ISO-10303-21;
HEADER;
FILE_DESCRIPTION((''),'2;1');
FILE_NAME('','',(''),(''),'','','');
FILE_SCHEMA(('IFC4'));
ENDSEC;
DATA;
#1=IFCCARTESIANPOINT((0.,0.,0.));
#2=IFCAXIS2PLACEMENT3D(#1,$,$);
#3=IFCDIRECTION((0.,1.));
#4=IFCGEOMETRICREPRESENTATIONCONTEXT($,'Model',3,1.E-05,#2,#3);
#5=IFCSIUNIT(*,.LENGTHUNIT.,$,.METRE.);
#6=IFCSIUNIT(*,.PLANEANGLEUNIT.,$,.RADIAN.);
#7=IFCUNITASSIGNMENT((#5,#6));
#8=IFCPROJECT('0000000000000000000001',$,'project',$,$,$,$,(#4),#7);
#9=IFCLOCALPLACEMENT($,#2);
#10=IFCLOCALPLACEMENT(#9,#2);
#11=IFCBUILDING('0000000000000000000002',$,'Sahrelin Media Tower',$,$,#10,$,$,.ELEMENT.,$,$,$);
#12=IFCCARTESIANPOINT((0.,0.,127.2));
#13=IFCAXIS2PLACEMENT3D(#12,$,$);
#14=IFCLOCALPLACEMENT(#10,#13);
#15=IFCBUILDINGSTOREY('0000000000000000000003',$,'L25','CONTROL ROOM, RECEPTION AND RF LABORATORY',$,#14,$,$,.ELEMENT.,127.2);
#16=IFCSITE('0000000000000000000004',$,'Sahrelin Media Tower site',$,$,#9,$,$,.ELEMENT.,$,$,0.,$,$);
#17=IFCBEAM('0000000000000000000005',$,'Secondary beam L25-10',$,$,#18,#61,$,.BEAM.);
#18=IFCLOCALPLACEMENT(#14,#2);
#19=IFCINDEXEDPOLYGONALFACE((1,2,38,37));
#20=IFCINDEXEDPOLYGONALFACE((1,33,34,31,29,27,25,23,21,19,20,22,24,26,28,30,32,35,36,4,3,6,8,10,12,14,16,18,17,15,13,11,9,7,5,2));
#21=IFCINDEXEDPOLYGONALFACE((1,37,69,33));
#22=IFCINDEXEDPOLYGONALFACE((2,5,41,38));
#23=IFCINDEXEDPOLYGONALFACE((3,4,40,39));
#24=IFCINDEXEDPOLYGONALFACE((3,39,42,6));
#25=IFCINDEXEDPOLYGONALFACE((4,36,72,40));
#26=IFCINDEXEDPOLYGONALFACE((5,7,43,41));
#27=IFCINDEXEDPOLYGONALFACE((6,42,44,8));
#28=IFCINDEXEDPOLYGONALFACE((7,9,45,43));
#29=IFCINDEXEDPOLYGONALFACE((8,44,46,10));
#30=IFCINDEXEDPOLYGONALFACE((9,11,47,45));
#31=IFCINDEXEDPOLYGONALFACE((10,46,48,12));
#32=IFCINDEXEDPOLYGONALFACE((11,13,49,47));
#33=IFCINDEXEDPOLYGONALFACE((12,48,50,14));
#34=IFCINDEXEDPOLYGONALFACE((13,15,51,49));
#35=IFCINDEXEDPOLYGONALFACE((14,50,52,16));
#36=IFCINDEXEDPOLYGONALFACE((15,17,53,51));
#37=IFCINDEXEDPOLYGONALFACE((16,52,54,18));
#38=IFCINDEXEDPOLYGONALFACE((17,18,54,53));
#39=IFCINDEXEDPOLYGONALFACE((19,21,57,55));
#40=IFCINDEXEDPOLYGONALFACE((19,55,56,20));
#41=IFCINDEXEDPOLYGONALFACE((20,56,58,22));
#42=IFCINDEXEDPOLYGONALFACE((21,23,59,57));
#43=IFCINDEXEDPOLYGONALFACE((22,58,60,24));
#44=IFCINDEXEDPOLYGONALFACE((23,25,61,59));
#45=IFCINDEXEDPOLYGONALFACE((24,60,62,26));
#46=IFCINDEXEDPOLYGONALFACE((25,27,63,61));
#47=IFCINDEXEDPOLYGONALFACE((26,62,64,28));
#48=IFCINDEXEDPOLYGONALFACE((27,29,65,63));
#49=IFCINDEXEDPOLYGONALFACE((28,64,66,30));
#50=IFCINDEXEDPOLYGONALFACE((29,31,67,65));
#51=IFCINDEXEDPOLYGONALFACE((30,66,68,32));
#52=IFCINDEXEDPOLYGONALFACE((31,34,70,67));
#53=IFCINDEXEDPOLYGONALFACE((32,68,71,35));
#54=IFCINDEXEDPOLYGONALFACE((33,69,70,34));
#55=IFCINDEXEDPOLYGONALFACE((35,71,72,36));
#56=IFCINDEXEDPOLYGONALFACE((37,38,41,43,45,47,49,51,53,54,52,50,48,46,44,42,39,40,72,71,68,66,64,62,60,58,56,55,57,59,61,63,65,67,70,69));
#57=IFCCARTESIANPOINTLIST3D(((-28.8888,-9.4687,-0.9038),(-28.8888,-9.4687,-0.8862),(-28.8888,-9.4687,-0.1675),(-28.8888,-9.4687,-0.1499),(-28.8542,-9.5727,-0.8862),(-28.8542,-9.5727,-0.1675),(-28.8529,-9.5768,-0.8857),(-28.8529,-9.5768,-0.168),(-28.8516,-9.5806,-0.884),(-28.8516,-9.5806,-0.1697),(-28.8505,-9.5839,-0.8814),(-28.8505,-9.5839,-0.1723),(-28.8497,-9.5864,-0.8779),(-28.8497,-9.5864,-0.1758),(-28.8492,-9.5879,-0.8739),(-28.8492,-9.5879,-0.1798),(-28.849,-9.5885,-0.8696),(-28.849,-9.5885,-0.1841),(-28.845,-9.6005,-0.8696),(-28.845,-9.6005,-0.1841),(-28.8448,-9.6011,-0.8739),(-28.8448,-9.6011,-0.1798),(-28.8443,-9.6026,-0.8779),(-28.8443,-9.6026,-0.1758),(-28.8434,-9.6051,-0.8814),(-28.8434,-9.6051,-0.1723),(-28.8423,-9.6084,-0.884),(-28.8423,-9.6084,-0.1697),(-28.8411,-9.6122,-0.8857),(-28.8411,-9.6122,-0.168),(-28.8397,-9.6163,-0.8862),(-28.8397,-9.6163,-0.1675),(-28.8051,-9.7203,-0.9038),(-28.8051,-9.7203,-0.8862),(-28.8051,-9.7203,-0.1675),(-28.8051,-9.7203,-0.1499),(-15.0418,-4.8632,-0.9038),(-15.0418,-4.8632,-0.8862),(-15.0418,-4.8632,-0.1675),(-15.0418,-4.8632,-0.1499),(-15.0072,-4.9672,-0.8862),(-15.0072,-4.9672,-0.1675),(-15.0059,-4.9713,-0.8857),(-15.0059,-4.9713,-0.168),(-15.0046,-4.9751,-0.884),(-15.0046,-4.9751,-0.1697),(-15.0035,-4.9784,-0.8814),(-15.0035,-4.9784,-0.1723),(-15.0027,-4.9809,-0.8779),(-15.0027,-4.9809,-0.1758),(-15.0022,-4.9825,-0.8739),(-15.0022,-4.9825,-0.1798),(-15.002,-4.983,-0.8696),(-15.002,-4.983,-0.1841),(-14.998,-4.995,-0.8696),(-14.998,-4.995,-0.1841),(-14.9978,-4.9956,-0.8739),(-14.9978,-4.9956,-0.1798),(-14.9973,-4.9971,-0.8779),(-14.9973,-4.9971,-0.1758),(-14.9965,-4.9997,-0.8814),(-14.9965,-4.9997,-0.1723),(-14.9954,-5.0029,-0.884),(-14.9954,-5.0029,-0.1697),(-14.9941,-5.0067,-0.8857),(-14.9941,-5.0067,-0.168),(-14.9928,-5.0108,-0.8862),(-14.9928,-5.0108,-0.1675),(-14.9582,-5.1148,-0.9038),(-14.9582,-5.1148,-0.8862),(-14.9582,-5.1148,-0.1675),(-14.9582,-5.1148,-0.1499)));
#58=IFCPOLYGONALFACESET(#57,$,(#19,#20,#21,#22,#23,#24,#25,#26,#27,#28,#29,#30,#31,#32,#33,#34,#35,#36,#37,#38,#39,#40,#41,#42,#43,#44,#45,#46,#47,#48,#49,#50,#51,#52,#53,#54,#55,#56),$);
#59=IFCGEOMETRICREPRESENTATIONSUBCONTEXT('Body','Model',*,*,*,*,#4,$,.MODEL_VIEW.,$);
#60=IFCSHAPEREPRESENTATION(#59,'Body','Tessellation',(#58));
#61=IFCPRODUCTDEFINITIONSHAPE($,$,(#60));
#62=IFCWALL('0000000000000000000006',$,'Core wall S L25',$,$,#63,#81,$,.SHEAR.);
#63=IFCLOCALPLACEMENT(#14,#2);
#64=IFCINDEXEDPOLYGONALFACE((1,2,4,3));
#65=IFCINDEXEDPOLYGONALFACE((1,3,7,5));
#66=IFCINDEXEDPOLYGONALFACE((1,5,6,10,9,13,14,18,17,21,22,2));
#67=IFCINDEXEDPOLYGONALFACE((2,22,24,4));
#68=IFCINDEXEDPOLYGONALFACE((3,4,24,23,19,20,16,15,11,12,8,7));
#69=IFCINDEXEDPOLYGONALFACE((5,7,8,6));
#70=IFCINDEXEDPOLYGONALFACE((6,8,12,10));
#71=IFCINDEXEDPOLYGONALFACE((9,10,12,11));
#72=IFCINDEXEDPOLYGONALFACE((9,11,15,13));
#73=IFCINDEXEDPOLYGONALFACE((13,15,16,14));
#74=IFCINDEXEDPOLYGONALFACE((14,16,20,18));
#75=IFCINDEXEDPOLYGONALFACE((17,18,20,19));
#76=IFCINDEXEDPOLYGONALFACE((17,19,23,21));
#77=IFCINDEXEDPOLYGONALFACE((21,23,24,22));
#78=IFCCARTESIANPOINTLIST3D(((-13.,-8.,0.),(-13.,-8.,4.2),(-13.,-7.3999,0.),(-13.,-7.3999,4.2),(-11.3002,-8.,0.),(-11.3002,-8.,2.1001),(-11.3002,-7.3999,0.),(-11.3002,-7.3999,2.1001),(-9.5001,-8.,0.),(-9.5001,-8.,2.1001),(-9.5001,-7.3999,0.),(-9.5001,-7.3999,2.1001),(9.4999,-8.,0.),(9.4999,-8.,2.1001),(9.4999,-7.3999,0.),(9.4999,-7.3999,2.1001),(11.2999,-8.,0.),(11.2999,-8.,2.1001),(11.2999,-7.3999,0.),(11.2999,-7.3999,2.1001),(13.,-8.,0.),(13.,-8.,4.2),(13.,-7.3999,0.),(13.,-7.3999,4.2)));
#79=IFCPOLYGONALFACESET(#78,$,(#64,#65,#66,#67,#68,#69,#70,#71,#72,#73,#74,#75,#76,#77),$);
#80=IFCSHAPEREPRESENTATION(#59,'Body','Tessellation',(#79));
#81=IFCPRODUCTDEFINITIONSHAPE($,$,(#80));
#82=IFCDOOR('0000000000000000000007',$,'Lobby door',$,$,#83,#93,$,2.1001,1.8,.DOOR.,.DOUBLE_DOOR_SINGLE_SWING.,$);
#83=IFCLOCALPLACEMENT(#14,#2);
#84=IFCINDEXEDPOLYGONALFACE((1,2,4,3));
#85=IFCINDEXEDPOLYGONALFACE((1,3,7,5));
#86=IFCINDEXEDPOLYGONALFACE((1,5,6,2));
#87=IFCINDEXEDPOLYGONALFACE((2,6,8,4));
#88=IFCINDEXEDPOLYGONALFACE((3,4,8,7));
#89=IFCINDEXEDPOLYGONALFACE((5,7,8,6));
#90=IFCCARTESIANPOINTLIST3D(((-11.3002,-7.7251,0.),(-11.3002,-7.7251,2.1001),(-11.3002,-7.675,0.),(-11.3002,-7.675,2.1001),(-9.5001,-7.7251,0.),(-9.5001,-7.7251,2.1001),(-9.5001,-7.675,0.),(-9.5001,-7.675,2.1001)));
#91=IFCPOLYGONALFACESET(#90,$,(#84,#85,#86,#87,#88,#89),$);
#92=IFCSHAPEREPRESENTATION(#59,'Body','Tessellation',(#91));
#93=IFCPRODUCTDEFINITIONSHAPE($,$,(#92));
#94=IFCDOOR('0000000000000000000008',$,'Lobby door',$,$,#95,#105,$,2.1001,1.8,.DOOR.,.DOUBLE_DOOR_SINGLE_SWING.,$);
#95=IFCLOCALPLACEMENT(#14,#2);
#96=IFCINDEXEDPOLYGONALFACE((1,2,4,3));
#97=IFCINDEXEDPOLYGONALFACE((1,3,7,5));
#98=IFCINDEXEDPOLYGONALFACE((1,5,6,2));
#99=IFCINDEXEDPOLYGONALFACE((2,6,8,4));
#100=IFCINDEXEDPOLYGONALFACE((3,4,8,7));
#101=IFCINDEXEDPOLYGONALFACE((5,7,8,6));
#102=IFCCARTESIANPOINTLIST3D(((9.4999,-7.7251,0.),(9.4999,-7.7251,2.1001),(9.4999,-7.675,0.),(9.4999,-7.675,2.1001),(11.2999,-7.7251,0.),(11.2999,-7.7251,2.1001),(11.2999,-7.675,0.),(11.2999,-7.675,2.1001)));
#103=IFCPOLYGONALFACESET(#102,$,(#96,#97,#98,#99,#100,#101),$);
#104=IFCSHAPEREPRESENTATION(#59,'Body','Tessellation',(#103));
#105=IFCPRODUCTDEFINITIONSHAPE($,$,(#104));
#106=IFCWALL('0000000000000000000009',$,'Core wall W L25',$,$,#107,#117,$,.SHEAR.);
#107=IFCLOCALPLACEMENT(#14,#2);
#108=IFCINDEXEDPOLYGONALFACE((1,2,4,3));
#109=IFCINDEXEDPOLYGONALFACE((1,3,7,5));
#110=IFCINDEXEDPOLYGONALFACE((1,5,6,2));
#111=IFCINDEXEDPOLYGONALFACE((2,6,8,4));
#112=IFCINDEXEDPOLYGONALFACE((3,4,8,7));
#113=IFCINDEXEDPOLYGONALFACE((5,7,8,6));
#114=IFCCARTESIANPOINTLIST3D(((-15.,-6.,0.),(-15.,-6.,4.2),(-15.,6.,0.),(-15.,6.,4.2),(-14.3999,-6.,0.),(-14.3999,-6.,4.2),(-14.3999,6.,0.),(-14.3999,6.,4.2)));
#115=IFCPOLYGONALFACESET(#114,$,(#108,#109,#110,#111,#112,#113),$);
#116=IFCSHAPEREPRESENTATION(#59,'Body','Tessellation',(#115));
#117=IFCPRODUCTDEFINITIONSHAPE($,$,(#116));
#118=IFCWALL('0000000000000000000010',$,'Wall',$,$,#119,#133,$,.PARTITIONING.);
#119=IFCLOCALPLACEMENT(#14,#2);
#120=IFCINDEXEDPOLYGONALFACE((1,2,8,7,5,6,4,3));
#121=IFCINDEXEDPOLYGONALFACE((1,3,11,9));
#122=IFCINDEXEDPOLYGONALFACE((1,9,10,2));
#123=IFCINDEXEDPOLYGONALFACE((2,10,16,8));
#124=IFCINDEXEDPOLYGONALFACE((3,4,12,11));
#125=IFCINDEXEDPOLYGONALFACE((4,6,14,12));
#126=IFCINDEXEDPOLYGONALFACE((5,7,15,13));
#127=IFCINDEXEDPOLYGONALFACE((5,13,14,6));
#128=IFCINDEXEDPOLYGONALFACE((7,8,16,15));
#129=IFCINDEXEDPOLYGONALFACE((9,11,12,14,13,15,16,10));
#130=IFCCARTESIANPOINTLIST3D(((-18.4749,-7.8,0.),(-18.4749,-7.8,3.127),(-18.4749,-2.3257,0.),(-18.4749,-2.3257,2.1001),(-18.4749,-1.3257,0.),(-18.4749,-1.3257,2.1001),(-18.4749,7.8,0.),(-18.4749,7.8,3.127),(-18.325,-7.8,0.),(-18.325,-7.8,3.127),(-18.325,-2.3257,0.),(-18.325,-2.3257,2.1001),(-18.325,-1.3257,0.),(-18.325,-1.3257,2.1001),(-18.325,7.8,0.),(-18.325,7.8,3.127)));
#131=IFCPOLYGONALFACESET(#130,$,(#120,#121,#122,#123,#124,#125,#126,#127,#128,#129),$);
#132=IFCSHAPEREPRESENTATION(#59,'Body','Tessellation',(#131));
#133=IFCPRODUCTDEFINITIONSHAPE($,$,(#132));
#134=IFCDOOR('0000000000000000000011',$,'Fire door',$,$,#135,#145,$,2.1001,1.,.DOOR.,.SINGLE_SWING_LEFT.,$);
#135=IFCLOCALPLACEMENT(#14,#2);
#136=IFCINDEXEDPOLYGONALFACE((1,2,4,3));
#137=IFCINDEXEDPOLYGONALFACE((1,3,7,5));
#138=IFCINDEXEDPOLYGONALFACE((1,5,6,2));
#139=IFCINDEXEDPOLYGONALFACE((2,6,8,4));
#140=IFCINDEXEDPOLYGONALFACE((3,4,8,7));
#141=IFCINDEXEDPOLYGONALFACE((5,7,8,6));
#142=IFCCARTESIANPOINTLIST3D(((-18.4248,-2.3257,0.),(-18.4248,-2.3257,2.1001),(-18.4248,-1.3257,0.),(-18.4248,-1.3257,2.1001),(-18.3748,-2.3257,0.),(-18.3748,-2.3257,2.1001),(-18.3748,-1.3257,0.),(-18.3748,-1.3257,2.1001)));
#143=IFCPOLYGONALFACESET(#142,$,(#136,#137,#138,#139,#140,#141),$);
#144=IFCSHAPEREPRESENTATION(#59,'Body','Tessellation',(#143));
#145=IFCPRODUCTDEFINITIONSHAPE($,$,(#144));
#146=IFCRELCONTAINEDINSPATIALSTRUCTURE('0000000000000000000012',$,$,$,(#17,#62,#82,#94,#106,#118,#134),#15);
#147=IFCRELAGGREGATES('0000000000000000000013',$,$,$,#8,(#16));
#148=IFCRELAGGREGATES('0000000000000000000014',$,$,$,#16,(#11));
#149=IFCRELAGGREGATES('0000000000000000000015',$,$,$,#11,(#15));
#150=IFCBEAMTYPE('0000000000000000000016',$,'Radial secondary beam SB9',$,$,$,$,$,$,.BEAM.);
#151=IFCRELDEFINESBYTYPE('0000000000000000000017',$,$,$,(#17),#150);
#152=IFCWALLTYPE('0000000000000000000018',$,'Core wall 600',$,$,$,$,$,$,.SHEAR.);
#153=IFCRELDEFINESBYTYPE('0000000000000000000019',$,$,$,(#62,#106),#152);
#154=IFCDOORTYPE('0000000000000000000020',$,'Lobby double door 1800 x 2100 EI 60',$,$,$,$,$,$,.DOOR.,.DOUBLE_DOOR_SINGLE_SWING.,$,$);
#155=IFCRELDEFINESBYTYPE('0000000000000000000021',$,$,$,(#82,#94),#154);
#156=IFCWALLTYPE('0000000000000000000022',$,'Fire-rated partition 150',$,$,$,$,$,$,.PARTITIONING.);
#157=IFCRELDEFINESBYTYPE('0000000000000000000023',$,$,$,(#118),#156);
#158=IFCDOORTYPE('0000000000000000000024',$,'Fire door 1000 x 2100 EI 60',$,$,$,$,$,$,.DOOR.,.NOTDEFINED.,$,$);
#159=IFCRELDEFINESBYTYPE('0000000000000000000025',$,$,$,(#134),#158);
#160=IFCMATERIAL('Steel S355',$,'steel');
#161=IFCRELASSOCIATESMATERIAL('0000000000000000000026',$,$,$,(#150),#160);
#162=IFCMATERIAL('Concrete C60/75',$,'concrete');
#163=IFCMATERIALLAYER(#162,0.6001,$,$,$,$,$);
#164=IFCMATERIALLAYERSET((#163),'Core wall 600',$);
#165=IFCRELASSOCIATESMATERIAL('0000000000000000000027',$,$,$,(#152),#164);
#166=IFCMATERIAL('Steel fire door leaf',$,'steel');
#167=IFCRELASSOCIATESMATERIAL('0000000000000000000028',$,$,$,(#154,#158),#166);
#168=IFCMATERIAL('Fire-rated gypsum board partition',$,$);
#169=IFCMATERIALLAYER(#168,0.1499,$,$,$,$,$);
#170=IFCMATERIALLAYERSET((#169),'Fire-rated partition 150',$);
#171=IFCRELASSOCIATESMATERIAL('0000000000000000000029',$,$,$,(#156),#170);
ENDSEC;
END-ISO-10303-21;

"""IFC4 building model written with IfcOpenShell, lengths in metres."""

from ifc_helpers import new_model, si_unit, direction, frame, frame_2d, origin, origin_2d, place, context, subcontext, project, spatial, rectangle, i_section, extrude, material, layer, layer_set, material_profile, profile_set, type_object, element, fill, save


model = new_model("IFC4")

# Units and contexts
model_context = context("Model", 3, precision=1e-05, world=origin(), true_north=direction((0.0, 1.0)))
body_context = subcontext(model_context, "Body", "Model", "MODEL_VIEW")
ifc_project = project(units=[si_unit("LENGTHUNIT", "METRE"), si_unit("PLANEANGLEUNIT", "RADIAN")], contexts=[model_context])

# Site, building, storey
site_placement = place(None, origin())
site = spatial("IfcSite", under=ifc_project, at=site_placement, Name="Sahrelin Media Tower site", CompositionType="ELEMENT", RefElevation=0.0)
building_placement = place(site_placement, origin())
building = spatial("IfcBuilding", under=site, at=building_placement, Name="Sahrelin Media Tower", CompositionType="ELEMENT")
storey_placement = place(building_placement, frame((0.0, 0.0, 127.2)))
storey = spatial("IfcBuildingStorey", under=building, at=storey_placement, Name="L25", Description="CONTROL ROOM, RECEPTION AND RF LABORATORY", CompositionType="ELEMENT", Elevation=127.2)

# Beam
ifc_material_1 = material(Name="Steel S355", Category="steel")
ifc_material_profile_1 = material_profile(ifc_material_1, i_section(OverallWidth=0.2651, OverallDepth=0.7539, WebThickness=0.0127, FlangeThickness=0.0176, FilletRadius=0.0166, at=origin_2d()), Name="UB 762x267x147")
ifc_profile_set_1 = profile_set([ifc_material_profile_1], Name="Steel S355")
beam_type_1 = type_object("IfcBeamType", Name="Radial secondary beam SB9", PredefinedType="BEAM", material=ifc_profile_set_1)
beam_1_placement = place(storey_placement, frame((-15.0, -4.989, -0.5269), z_axis=(-0.948892, -0.3156, 0.0), x_axis=(0.3156, -0.948892, 0.0)))
element("IfcBeam", 1, at=beam_1_placement, inside=storey, type_object=beam_type_1, Name="Secondary beam L25-10", PredefinedType="BEAM", context=body_context, shape_type="SweptSolid", body=[
    extrude(i_section(OverallWidth=0.2651, OverallDepth=0.7539, WebThickness=0.0127, FlangeThickness=0.0176, FilletRadius=0.0166, at=origin_2d()), origin(), (0.0, 0.0, 1.0), 14.5928),
])

# Wall, openings, doors
ifc_material_2 = material(Name="Concrete C60/75", Category="concrete")
ifc_layer_1 = layer(ifc_material_2, 0.6001)
ifc_layer_set_1 = layer_set([ifc_layer_1], Name="Core wall 600")
wall_type_1 = type_object("IfcWallType", Name="Core wall 600", PredefinedType="SHEAR", material=ifc_layer_set_1)
wall_1_placement = place(storey_placement, frame((-13.0, -7.7, 0.0), z_axis=(0.0, 0.0, 1.0), x_axis=(1.0, 0.0, 0.0)))
wall_1 = element("IfcWall", 2, at=wall_1_placement, inside=storey, type_object=wall_type_1, Name="Core wall S L25", PredefinedType="SHEAR", context=body_context, shape_type="SweptSolid", body=[
    extrude(rectangle(XDim=26.0, YDim=0.6001, at=frame_2d((13.0, 0.0))), origin(), (0.0, 0.0, 1.0), 4.2),
])
opening_1_placement = place(wall_1_placement, frame((1.7, 0.0, 0.0)))
opening_1 = element("IfcOpeningElement", 3, at=opening_1_placement, cuts=wall_1, PredefinedType="OPENING", context=body_context, shape_type="SweptSolid", body=[
    extrude(rectangle(XDim=1.8, YDim=2.1001, at=frame_2d((0.8999, 1.05))), frame((0.0, 0.3, 0.0), z_axis=(0.0, -1.0, 0.0), x_axis=(1.0, 0.0, 0.0)), (0.0, 0.0, 1.0), 0.6001),
])
opening_2_placement = place(wall_1_placement, frame((22.5, 0.0, 0.0)))
opening_2 = element("IfcOpeningElement", 4, at=opening_2_placement, cuts=wall_1, PredefinedType="OPENING", context=body_context, shape_type="SweptSolid", body=[
    extrude(rectangle(XDim=1.8, YDim=2.1001, at=frame_2d((0.8999, 1.05))), frame((0.0, 0.3, 0.0), z_axis=(0.0, -1.0, 0.0), x_axis=(1.0, 0.0, 0.0)), (0.0, 0.0, 1.0), 0.6001),
])
ifc_material_3 = material(Name="Steel fire door leaf", Category="steel")
door_type_1 = type_object("IfcDoorType", Name="Lobby double door 1800 x 2100 EI 60", OperationType="DOUBLE_DOOR_SINGLE_SWING", PredefinedType="DOOR", material=ifc_material_3)
door_1_placement = place(opening_1_placement, origin())
door_1 = element("IfcDoor", 5, at=door_1_placement, inside=storey, type_object=door_type_1, Name="Lobby door", OperationType="DOUBLE_DOOR_SINGLE_SWING", OverallHeight=2.1001, OverallWidth=1.8, PredefinedType="DOOR", context=body_context, shape_type="SweptSolid", body=[
    extrude(rectangle(XDim=1.8, YDim=2.1001, at=frame_2d((0.8999, 1.05))), frame((0.0, 0.0249, 0.0), z_axis=(0.0, -1.0, 0.0), x_axis=(1.0, 0.0, 0.0)), (0.0, 0.0, 1.0), 0.05),
])
fill(opening_1, door_1)
door_2_placement = place(opening_2_placement, origin())
door_2 = element("IfcDoor", 6, at=door_2_placement, inside=storey, type_object=door_type_1, Name="Lobby door", OperationType="DOUBLE_DOOR_SINGLE_SWING", OverallHeight=2.1001, OverallWidth=1.8, PredefinedType="DOOR", context=body_context, shape_type="SweptSolid", body=[
    extrude(rectangle(XDim=1.8, YDim=2.1001, at=frame_2d((0.8999, 1.05))), frame((0.0, 0.0249, 0.0), z_axis=(0.0, -1.0, 0.0), x_axis=(1.0, 0.0, 0.0)), (0.0, 0.0, 1.0), 0.05),
])
fill(opening_2, door_2)

# Wall
wall_2_placement = place(storey_placement, frame((-14.7, -6.0, 0.0), z_axis=(0.0, 0.0, 1.0), x_axis=(0.0, 1.0, 0.0)))
element("IfcWall", 7, at=wall_2_placement, inside=storey, type_object=wall_type_1, Name="Core wall W L25", PredefinedType="SHEAR", context=body_context, shape_type="SweptSolid", body=[
    extrude(rectangle(XDim=12.0, YDim=0.6001, at=frame_2d((6.0, 0.0))), origin(), (0.0, 0.0, 1.0), 4.2),
])

# Wall, opening, door
ifc_material_4 = material(Name="Fire-rated gypsum board partition")
ifc_layer_2 = layer(ifc_material_4, 0.1499)
ifc_layer_set_2 = layer_set([ifc_layer_2], Name="Fire-rated partition 150")
wall_type_2 = type_object("IfcWallType", Name="Fire-rated partition 150", PredefinedType="PARTITIONING", material=ifc_layer_set_2)
wall_3_placement = place(storey_placement, frame((-18.3999, -7.8, 0.0), z_axis=(0.0, 0.0, 1.0), x_axis=(0.0, 1.0, 0.0)))
wall_3 = element("IfcWall", 8, at=wall_3_placement, inside=storey, type_object=wall_type_2, Name="Wall", PredefinedType="PARTITIONING", context=body_context, shape_type="SweptSolid", body=[
    extrude(rectangle(XDim=15.6001, YDim=0.1499, at=frame_2d((7.8, 0.0))), origin(), (0.0, 0.0, 1.0), 3.127),
])
opening_3_placement = place(wall_3_placement, frame((5.4744, 0.0, 0.0)))
opening_3 = element("IfcOpeningElement", 9, at=opening_3_placement, cuts=wall_3, PredefinedType="OPENING", context=body_context, shape_type="SweptSolid", body=[
    extrude(rectangle(XDim=1.0, YDim=2.1001, at=frame_2d((0.5, 1.05))), frame((0.0, 0.075, 0.0), z_axis=(0.0, -1.0, 0.0), x_axis=(1.0, 0.0, 0.0)), (0.0, 0.0, 1.0), 0.1499),
])
door_type_2 = type_object("IfcDoorType", Name="Fire door 1000 x 2100 EI 60", OperationType="NOTDEFINED", PredefinedType="DOOR", material=ifc_material_3)
door_3_placement = place(opening_3_placement, origin())
door_3 = element("IfcDoor", 10, at=door_3_placement, inside=storey, type_object=door_type_2, Name="Fire door", OperationType="SINGLE_SWING_LEFT", OverallHeight=2.1001, OverallWidth=1.0, PredefinedType="DOOR", context=body_context, shape_type="SweptSolid", body=[
    extrude(rectangle(XDim=1.0, YDim=2.1001, at=frame_2d((0.5, 1.05))), frame((0.0, 0.0249, 0.0), z_axis=(0.0, -1.0, 0.0), x_axis=(1.0, 0.0, 0.0)), (0.0, 0.0, 1.0), 0.05),
])
fill(opening_3, door_3)

save(model, "model.ifc")
